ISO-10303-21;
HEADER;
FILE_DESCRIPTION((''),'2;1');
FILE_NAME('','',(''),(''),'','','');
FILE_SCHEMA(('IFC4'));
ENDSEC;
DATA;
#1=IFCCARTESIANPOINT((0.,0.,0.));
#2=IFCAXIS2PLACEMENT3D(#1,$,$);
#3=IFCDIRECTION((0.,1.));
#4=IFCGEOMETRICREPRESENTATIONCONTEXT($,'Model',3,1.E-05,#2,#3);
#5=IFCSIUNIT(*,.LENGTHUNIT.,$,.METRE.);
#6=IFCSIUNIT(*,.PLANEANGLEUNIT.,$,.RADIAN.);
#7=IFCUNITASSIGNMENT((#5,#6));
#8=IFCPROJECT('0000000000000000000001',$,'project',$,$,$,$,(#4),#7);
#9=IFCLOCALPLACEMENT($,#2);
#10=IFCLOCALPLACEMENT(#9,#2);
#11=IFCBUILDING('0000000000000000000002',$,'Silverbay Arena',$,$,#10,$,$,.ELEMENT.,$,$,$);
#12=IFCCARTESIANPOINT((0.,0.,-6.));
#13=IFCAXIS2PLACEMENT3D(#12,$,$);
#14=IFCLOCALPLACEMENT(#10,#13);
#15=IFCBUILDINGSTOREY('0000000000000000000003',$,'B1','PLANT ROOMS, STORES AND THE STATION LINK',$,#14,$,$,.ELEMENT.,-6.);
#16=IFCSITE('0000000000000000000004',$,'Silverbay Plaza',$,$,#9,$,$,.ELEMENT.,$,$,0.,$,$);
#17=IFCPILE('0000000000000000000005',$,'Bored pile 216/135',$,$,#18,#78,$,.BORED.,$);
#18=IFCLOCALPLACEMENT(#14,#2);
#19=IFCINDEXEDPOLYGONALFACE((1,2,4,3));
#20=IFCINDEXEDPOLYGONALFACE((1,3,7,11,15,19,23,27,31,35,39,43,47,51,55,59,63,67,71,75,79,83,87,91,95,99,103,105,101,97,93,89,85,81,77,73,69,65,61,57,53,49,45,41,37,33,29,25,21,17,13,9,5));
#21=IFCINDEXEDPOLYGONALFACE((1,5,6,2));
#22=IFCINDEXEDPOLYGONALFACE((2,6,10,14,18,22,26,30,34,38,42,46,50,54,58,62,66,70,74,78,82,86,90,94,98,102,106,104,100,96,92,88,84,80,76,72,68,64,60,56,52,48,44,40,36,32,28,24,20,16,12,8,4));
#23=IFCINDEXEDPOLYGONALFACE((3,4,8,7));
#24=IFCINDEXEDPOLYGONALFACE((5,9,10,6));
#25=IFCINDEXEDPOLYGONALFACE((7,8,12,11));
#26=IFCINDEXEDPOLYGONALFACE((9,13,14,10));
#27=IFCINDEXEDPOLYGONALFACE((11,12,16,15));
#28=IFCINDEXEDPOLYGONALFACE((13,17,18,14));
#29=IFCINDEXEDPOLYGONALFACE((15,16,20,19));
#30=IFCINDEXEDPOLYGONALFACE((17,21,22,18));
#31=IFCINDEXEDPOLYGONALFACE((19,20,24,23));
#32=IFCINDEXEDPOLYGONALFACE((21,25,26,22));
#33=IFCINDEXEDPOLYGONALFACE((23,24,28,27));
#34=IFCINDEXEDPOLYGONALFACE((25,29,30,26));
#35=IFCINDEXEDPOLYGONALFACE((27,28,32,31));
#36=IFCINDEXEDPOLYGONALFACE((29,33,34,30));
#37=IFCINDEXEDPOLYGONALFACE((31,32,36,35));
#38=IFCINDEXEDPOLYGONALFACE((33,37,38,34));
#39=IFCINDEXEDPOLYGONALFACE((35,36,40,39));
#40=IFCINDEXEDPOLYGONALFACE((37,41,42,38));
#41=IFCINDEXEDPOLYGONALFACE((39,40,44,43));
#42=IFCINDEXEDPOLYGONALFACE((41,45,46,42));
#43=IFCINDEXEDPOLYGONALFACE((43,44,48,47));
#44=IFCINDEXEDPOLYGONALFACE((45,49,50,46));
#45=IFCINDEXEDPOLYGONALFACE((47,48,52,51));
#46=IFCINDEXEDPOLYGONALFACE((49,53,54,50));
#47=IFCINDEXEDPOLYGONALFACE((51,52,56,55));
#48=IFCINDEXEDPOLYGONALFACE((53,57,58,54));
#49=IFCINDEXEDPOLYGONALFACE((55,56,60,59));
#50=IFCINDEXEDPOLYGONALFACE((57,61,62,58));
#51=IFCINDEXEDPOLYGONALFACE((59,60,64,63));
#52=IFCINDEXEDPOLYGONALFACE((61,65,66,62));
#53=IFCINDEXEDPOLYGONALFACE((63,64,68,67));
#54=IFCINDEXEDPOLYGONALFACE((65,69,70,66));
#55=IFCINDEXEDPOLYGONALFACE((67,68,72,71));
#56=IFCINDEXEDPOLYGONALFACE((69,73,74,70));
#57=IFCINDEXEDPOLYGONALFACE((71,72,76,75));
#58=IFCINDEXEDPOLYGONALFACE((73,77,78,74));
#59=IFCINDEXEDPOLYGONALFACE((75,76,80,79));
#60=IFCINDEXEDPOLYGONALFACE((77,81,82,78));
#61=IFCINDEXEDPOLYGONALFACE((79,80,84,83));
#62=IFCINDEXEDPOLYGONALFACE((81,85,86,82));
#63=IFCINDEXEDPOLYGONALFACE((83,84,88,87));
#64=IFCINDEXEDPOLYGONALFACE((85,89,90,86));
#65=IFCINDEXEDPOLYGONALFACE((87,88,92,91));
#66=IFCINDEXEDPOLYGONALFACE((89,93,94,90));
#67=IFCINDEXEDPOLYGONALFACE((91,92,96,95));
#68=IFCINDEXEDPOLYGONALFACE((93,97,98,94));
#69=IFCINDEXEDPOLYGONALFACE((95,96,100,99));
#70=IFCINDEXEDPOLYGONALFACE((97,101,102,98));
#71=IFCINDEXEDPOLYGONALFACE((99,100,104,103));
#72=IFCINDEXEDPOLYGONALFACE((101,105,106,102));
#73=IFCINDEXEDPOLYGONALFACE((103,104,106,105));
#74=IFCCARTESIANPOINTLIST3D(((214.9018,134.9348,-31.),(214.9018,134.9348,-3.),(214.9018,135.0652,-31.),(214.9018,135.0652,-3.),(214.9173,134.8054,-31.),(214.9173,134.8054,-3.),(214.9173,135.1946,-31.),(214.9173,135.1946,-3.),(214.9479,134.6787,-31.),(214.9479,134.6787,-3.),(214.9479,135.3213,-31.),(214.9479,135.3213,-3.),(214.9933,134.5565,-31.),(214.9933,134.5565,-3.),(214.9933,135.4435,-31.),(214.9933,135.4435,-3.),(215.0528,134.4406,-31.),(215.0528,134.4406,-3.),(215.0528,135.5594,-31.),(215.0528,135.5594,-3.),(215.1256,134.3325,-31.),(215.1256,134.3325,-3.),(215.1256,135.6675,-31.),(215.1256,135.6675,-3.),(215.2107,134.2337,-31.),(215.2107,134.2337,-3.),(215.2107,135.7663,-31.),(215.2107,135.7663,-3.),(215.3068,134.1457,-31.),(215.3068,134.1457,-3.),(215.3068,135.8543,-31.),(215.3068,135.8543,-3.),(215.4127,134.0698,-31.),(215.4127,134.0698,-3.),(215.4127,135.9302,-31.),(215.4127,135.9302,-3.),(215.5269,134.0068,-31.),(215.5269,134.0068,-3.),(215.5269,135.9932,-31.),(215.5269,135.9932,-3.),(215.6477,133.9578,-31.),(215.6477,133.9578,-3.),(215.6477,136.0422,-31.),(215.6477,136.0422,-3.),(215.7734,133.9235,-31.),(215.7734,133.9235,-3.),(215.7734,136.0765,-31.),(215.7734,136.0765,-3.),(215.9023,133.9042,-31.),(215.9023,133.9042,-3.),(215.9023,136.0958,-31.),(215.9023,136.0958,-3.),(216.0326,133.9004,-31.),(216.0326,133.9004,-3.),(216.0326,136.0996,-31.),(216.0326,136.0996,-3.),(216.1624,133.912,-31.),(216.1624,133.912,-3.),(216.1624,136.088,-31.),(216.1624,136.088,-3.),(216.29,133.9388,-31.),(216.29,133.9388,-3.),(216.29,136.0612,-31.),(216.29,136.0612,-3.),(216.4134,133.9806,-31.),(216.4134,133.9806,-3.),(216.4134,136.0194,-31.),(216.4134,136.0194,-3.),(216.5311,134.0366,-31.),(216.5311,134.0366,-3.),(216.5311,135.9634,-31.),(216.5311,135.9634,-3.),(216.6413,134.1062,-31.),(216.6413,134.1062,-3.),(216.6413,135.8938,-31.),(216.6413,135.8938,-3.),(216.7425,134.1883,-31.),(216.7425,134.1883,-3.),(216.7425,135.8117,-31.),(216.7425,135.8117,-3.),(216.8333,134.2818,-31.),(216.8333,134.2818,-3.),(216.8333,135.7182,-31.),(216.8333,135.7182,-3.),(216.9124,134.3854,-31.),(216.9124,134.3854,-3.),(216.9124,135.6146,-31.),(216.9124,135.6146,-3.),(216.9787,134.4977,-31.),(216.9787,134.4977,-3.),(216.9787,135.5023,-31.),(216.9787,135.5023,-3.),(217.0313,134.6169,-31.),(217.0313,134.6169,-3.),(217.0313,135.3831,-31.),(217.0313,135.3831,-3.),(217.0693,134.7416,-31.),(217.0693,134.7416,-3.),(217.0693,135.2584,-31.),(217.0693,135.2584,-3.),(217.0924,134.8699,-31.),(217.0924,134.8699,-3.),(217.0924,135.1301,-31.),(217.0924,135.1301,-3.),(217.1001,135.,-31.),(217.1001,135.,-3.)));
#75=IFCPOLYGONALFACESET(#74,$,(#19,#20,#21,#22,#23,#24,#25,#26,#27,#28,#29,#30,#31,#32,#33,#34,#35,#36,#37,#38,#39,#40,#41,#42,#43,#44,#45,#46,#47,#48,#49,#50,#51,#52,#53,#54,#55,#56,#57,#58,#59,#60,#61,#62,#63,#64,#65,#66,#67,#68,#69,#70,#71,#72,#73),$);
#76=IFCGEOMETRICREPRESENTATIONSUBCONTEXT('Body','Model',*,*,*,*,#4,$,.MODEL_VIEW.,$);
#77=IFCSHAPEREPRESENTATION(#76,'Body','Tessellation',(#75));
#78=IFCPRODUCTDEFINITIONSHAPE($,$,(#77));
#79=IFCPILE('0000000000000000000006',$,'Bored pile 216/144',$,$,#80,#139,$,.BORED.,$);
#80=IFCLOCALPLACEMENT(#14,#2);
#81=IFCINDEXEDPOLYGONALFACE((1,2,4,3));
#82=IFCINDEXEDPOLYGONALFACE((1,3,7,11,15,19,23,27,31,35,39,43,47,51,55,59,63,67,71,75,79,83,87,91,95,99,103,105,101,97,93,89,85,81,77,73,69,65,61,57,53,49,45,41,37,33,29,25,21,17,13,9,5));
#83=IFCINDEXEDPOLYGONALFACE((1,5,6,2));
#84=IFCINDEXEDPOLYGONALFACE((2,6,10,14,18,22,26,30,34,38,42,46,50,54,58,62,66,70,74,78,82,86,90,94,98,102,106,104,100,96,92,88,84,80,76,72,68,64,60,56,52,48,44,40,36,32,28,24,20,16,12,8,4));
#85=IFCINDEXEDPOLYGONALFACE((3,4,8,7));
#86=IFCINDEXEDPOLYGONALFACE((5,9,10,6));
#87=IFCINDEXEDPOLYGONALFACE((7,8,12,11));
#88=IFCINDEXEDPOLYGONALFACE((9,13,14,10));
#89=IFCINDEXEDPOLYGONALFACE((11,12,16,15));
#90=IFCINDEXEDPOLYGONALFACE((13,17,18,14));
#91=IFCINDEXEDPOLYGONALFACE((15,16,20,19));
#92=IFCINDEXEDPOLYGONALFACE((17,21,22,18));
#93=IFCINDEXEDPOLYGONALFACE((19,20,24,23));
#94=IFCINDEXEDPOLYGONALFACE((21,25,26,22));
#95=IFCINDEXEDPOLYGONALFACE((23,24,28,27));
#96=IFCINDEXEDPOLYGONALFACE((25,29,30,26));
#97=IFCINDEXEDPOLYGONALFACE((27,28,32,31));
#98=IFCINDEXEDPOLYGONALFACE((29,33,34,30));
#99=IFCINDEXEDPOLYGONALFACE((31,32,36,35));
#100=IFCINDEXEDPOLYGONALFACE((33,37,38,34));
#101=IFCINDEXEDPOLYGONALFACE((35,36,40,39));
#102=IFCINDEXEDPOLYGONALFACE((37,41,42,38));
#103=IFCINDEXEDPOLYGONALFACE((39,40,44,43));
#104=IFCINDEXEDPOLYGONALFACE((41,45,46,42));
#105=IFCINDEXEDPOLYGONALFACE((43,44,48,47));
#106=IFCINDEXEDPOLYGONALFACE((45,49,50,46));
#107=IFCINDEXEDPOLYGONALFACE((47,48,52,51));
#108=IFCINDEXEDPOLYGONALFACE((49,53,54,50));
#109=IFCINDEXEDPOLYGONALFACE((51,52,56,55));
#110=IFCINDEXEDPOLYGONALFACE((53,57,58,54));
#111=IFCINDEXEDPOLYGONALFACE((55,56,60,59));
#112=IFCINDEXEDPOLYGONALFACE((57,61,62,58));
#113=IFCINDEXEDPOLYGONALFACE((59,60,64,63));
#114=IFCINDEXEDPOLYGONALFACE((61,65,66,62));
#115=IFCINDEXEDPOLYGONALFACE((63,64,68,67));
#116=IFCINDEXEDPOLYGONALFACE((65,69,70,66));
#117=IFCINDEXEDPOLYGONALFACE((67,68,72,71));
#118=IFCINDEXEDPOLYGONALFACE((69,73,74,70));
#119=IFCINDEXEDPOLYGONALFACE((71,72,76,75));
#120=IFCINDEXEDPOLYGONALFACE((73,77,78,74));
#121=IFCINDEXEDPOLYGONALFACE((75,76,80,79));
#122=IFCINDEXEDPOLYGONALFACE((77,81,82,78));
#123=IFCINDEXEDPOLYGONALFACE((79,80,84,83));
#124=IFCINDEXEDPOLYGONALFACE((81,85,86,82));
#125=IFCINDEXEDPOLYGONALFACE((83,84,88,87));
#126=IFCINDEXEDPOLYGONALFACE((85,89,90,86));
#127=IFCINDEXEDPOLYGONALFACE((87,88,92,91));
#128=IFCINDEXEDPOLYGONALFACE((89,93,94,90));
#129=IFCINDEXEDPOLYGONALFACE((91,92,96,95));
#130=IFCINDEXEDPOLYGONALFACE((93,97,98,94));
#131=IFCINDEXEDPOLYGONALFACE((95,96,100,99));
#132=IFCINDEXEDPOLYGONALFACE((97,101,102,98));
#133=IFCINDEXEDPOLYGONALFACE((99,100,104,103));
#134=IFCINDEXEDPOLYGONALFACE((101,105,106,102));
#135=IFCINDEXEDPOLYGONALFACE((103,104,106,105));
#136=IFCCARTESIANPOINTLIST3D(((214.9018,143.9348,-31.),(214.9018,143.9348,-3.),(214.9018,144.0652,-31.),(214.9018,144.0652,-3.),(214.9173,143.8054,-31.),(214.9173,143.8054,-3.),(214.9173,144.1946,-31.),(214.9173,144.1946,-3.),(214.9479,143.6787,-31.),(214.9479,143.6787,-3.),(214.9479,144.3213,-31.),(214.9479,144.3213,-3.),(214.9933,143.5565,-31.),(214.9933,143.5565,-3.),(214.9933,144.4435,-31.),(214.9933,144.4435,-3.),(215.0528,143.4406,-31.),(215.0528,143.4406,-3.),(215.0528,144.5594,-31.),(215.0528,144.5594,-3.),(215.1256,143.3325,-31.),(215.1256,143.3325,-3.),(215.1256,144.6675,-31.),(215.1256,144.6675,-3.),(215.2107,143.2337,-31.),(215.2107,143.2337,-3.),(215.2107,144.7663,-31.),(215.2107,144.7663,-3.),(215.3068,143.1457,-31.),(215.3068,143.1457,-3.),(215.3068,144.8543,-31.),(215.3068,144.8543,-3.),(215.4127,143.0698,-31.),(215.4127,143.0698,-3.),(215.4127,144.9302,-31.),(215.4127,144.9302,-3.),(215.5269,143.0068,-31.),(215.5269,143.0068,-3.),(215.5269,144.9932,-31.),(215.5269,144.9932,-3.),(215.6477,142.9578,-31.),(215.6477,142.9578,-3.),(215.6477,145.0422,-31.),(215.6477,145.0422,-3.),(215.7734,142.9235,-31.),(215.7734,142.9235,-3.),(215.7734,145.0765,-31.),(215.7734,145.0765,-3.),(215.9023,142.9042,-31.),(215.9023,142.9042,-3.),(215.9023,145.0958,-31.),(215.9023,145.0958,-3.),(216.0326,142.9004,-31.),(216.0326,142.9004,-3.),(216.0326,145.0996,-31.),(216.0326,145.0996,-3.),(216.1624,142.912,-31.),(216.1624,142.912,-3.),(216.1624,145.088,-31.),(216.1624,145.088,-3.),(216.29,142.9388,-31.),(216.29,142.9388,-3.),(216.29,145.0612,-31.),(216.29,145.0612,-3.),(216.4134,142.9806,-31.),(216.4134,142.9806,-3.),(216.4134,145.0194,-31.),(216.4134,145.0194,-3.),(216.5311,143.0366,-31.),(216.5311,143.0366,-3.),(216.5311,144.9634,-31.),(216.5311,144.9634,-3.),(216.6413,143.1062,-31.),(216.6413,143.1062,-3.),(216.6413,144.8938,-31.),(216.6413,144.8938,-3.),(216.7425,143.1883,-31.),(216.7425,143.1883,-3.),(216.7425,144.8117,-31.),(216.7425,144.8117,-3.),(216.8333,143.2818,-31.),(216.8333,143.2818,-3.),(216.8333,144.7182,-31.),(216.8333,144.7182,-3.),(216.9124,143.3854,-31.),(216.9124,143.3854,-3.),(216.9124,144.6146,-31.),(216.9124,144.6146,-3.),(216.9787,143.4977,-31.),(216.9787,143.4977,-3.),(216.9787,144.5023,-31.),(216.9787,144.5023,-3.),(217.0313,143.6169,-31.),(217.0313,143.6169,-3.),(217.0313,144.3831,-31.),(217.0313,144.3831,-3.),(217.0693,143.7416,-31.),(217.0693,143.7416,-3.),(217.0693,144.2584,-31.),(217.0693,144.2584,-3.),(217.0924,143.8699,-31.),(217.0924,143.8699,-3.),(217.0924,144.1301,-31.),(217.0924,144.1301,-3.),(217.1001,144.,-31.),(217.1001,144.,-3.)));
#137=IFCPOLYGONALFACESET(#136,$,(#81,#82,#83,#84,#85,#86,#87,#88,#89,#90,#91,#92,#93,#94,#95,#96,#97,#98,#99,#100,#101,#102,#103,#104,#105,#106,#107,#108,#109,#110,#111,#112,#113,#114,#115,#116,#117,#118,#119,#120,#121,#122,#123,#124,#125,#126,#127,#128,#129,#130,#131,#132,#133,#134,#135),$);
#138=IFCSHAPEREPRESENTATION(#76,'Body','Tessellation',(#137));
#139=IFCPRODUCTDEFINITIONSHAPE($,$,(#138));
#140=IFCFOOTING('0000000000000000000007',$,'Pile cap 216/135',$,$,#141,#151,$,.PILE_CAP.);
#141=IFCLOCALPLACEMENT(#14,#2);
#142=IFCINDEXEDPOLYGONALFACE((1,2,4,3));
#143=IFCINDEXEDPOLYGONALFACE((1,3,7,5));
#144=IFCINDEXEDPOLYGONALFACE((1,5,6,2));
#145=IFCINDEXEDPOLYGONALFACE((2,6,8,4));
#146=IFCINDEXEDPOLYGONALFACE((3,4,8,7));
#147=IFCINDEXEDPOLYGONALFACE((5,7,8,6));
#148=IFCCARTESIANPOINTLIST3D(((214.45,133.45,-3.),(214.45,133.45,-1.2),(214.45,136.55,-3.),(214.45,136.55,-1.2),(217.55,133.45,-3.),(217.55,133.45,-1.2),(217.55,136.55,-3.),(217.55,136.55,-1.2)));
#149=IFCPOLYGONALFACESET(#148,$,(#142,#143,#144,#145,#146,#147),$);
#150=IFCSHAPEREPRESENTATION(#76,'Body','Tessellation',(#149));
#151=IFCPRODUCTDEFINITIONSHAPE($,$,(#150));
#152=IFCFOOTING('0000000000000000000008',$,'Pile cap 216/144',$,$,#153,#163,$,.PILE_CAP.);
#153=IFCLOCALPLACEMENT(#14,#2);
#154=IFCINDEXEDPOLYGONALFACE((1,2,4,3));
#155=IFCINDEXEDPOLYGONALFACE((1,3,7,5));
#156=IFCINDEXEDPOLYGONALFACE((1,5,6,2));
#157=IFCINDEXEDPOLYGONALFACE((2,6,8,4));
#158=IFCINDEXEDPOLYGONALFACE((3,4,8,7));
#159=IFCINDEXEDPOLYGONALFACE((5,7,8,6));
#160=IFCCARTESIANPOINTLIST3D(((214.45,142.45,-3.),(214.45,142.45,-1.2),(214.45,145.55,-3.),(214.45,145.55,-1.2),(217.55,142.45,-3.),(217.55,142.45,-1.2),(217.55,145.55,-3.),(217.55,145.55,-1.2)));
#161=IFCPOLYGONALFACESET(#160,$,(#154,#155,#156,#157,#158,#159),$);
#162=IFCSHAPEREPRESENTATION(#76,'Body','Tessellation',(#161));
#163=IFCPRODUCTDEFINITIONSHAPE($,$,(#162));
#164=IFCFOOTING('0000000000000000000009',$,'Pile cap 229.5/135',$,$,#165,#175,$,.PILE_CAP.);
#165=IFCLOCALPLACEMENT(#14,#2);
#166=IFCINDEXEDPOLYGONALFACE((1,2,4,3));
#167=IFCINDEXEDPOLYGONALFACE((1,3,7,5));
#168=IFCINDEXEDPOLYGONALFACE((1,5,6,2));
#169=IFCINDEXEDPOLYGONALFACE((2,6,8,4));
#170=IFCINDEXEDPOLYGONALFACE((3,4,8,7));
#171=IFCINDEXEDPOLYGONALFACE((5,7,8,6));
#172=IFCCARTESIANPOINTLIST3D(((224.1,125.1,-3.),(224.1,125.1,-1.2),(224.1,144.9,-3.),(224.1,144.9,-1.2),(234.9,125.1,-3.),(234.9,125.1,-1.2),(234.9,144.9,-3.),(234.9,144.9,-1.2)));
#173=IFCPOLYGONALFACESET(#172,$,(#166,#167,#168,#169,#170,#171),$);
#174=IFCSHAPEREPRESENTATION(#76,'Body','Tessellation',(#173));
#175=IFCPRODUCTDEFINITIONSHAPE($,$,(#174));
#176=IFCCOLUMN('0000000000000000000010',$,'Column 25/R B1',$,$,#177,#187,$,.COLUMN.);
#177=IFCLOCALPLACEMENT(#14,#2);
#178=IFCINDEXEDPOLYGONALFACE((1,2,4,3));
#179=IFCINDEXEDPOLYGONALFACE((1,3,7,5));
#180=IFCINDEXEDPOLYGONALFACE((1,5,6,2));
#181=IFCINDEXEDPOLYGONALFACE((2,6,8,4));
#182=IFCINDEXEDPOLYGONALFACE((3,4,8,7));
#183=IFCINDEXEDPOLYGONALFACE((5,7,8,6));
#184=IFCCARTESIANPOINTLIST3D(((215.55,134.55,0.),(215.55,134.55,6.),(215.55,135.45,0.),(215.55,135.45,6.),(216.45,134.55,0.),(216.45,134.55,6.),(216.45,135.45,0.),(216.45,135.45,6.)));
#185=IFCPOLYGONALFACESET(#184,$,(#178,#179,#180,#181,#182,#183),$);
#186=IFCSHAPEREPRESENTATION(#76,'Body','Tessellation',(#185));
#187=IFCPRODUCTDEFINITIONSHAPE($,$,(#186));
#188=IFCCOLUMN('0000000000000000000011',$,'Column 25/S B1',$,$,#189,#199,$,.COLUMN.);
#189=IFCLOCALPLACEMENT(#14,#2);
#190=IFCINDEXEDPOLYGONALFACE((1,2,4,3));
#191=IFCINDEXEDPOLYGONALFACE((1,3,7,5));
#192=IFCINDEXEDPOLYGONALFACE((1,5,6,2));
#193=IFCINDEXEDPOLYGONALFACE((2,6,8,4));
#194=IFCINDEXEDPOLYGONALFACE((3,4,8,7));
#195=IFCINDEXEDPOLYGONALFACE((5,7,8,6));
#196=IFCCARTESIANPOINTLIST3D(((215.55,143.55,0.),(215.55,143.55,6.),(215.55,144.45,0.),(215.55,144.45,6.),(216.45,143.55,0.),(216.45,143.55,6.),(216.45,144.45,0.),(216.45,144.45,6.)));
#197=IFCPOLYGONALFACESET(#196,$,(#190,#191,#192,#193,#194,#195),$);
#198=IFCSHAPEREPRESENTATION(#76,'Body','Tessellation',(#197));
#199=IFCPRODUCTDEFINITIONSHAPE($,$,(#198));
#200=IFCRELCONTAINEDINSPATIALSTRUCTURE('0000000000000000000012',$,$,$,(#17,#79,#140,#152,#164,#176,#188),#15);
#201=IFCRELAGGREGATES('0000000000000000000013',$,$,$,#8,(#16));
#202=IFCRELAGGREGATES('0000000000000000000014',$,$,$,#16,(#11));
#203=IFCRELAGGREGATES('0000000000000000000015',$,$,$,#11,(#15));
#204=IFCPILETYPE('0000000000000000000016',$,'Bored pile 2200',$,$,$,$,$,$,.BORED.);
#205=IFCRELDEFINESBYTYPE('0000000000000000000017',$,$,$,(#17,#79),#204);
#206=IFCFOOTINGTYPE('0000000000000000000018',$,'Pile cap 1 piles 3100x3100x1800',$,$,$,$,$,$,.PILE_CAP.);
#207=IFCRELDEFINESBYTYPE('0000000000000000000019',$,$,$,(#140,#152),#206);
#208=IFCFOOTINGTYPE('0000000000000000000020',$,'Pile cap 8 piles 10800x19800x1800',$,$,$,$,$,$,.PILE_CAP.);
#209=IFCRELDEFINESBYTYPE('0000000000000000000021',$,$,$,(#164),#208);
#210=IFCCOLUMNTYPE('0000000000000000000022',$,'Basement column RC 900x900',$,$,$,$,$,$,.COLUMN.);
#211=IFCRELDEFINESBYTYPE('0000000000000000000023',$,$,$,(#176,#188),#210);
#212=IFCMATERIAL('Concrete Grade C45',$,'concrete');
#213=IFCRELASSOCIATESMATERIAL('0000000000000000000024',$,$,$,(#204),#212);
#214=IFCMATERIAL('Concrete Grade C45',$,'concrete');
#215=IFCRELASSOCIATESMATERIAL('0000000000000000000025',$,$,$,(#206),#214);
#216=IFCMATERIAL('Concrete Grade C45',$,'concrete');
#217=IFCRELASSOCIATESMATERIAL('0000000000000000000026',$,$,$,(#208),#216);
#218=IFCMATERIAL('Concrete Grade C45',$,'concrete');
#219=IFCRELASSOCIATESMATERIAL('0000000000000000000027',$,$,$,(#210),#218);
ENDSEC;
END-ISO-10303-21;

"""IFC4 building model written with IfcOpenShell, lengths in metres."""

from ifc_helpers import new_model, si_unit, direction, frame, origin, origin_2d, place, context, subcontext, project, spatial, rectangle, circle, extrude, material, material_profile, profile_set, type_object, element, save


model = new_model("IFC4")

# Units and contexts
model_context = context("Model", 3, precision=1e-05, world=origin(), true_north=direction((0.0, 1.0)))
body_context = subcontext(model_context, "Body", "Model", "MODEL_VIEW")
ifc_project = project(units=[si_unit("LENGTHUNIT", "METRE"), si_unit("PLANEANGLEUNIT", "RADIAN")], contexts=[model_context])

# Site, building, storey
site_placement = place(None, origin())
site = spatial("IfcSite", under=ifc_project, at=site_placement, Name="Silverbay Plaza", CompositionType="ELEMENT", RefElevation=0.0)
building_placement = place(site_placement, origin())
building = spatial("IfcBuilding", under=site, at=building_placement, Name="Silverbay Arena", CompositionType="ELEMENT")
storey_placement = place(building_placement, frame((0.0, 0.0, -6.0)))
storey = spatial("IfcBuildingStorey", under=building, at=storey_placement, Name="B1", Description="PLANT ROOMS, STORES AND THE STATION LINK", CompositionType="ELEMENT", Elevation=-6.0)

# Piles
ifc_material_1 = material(Name="Concrete Grade C45", Category="concrete")
ifc_material_profile_1 = material_profile(ifc_material_1, circle(Radius=1.1001, at=origin_2d()), Name="Bored pile 2200")
ifc_profile_set_1 = profile_set([ifc_material_profile_1], Name="Concrete Grade C45")
pile_type_1 = type_object("IfcPileType", Name="Bored pile 2200", PredefinedType="BORED", material=ifc_profile_set_1)
for number, where, z_axis, x_axis, name in (
    (1, (216.0, 135.0, -3.0), (0.0, 0.0, -1.0), (1.0, 0.0, 0.0), "Bored pile 216/135"),
    (2, (216.0, 144.0, -3.0), (0.0, 0.0, -1.0), (1.0, 0.0, 0.0), "Bored pile 216/144"),
):
    element("IfcPile", number, at=place(storey_placement, frame(where, z_axis=z_axis, x_axis=x_axis)), inside=storey, type_object=pile_type_1, Name=name, PredefinedType="BORED", context=body_context, shape_type="SweptSolid", body=[
        extrude(circle(Radius=1.1001, at=origin_2d()), origin(), (0.0, 0.0, 1.0), 28.0),
    ])

# Footings
ifc_material_2 = material(Name="Concrete Grade C45", Category="concrete")
footing_type_1 = type_object("IfcFootingType", Name="Pile cap 1 piles 3100x3100x1800", PredefinedType="PILE_CAP", material=ifc_material_2)
for number, where, z_axis, x_axis, name in (
    (3, (216.0, 135.0, -3.0), (0.0, 0.0, 1.0), (1.0, 0.0, 0.0), "Pile cap 216/135"),
    (4, (216.0, 144.0, -3.0), (0.0, 0.0, 1.0), (1.0, 0.0, 0.0), "Pile cap 216/144"),
):
    element("IfcFooting", number, at=place(storey_placement, frame(where, z_axis=z_axis, x_axis=x_axis)), inside=storey, type_object=footing_type_1, Name=name, PredefinedType="PILE_CAP", context=body_context, shape_type="SweptSolid", body=[
        extrude(rectangle(XDim=3.1001, YDim=3.1001, at=origin_2d()), origin(), (0.0, 0.0, 1.0), 1.8),
    ])
ifc_material_3 = material(Name="Concrete Grade C45", Category="concrete")
footing_type_2 = type_object("IfcFootingType", Name="Pile cap 8 piles 10800x19800x1800", PredefinedType="PILE_CAP", material=ifc_material_3)
footing_placement = place(storey_placement, frame((229.5, 135.0, -3.0), z_axis=(0.0, 0.0, 1.0), x_axis=(1.0, 0.0, 0.0)))
element("IfcFooting", 5, at=footing_placement, inside=storey, type_object=footing_type_2, Name="Pile cap 229.5/135", PredefinedType="PILE_CAP", context=body_context, shape_type="SweptSolid", body=[
    extrude(rectangle(XDim=10.8, YDim=19.8, at=origin_2d()), origin(), (0.0, 0.0, 1.0), 1.8),
])

# Columns
ifc_material_4 = material(Name="Concrete Grade C45", Category="concrete")
ifc_material_profile_2 = material_profile(ifc_material_4, rectangle(XDim=0.8999, YDim=0.8999, at=origin_2d()), Name="RC 900x900")
ifc_profile_set_2 = profile_set([ifc_material_profile_2], Name="Concrete Grade C45")
column_type = type_object("IfcColumnType", Name="Basement column RC 900x900", PredefinedType="COLUMN", material=ifc_profile_set_2)
for number, where, z_axis, x_axis, name in (
    (6, (216.0, 135.0, 0.0), (0.0, 0.0, 1.0), (1.0, 0.0, 0.0), "Column 25/R B1"),
    (7, (216.0, 144.0, 0.0), (0.0, 0.0, 1.0), (1.0, 0.0, 0.0), "Column 25/S B1"),
):
    element("IfcColumn", number, at=place(storey_placement, frame(where, z_axis=z_axis, x_axis=x_axis)), inside=storey, type_object=column_type, Name=name, PredefinedType="COLUMN", context=body_context, shape_type="SweptSolid", body=[
        extrude(rectangle(XDim=0.8999, YDim=0.8999, at=origin_2d()), origin(), (0.0, 0.0, 1.0), 6.0),
    ])

save(model, "model.ifc")
